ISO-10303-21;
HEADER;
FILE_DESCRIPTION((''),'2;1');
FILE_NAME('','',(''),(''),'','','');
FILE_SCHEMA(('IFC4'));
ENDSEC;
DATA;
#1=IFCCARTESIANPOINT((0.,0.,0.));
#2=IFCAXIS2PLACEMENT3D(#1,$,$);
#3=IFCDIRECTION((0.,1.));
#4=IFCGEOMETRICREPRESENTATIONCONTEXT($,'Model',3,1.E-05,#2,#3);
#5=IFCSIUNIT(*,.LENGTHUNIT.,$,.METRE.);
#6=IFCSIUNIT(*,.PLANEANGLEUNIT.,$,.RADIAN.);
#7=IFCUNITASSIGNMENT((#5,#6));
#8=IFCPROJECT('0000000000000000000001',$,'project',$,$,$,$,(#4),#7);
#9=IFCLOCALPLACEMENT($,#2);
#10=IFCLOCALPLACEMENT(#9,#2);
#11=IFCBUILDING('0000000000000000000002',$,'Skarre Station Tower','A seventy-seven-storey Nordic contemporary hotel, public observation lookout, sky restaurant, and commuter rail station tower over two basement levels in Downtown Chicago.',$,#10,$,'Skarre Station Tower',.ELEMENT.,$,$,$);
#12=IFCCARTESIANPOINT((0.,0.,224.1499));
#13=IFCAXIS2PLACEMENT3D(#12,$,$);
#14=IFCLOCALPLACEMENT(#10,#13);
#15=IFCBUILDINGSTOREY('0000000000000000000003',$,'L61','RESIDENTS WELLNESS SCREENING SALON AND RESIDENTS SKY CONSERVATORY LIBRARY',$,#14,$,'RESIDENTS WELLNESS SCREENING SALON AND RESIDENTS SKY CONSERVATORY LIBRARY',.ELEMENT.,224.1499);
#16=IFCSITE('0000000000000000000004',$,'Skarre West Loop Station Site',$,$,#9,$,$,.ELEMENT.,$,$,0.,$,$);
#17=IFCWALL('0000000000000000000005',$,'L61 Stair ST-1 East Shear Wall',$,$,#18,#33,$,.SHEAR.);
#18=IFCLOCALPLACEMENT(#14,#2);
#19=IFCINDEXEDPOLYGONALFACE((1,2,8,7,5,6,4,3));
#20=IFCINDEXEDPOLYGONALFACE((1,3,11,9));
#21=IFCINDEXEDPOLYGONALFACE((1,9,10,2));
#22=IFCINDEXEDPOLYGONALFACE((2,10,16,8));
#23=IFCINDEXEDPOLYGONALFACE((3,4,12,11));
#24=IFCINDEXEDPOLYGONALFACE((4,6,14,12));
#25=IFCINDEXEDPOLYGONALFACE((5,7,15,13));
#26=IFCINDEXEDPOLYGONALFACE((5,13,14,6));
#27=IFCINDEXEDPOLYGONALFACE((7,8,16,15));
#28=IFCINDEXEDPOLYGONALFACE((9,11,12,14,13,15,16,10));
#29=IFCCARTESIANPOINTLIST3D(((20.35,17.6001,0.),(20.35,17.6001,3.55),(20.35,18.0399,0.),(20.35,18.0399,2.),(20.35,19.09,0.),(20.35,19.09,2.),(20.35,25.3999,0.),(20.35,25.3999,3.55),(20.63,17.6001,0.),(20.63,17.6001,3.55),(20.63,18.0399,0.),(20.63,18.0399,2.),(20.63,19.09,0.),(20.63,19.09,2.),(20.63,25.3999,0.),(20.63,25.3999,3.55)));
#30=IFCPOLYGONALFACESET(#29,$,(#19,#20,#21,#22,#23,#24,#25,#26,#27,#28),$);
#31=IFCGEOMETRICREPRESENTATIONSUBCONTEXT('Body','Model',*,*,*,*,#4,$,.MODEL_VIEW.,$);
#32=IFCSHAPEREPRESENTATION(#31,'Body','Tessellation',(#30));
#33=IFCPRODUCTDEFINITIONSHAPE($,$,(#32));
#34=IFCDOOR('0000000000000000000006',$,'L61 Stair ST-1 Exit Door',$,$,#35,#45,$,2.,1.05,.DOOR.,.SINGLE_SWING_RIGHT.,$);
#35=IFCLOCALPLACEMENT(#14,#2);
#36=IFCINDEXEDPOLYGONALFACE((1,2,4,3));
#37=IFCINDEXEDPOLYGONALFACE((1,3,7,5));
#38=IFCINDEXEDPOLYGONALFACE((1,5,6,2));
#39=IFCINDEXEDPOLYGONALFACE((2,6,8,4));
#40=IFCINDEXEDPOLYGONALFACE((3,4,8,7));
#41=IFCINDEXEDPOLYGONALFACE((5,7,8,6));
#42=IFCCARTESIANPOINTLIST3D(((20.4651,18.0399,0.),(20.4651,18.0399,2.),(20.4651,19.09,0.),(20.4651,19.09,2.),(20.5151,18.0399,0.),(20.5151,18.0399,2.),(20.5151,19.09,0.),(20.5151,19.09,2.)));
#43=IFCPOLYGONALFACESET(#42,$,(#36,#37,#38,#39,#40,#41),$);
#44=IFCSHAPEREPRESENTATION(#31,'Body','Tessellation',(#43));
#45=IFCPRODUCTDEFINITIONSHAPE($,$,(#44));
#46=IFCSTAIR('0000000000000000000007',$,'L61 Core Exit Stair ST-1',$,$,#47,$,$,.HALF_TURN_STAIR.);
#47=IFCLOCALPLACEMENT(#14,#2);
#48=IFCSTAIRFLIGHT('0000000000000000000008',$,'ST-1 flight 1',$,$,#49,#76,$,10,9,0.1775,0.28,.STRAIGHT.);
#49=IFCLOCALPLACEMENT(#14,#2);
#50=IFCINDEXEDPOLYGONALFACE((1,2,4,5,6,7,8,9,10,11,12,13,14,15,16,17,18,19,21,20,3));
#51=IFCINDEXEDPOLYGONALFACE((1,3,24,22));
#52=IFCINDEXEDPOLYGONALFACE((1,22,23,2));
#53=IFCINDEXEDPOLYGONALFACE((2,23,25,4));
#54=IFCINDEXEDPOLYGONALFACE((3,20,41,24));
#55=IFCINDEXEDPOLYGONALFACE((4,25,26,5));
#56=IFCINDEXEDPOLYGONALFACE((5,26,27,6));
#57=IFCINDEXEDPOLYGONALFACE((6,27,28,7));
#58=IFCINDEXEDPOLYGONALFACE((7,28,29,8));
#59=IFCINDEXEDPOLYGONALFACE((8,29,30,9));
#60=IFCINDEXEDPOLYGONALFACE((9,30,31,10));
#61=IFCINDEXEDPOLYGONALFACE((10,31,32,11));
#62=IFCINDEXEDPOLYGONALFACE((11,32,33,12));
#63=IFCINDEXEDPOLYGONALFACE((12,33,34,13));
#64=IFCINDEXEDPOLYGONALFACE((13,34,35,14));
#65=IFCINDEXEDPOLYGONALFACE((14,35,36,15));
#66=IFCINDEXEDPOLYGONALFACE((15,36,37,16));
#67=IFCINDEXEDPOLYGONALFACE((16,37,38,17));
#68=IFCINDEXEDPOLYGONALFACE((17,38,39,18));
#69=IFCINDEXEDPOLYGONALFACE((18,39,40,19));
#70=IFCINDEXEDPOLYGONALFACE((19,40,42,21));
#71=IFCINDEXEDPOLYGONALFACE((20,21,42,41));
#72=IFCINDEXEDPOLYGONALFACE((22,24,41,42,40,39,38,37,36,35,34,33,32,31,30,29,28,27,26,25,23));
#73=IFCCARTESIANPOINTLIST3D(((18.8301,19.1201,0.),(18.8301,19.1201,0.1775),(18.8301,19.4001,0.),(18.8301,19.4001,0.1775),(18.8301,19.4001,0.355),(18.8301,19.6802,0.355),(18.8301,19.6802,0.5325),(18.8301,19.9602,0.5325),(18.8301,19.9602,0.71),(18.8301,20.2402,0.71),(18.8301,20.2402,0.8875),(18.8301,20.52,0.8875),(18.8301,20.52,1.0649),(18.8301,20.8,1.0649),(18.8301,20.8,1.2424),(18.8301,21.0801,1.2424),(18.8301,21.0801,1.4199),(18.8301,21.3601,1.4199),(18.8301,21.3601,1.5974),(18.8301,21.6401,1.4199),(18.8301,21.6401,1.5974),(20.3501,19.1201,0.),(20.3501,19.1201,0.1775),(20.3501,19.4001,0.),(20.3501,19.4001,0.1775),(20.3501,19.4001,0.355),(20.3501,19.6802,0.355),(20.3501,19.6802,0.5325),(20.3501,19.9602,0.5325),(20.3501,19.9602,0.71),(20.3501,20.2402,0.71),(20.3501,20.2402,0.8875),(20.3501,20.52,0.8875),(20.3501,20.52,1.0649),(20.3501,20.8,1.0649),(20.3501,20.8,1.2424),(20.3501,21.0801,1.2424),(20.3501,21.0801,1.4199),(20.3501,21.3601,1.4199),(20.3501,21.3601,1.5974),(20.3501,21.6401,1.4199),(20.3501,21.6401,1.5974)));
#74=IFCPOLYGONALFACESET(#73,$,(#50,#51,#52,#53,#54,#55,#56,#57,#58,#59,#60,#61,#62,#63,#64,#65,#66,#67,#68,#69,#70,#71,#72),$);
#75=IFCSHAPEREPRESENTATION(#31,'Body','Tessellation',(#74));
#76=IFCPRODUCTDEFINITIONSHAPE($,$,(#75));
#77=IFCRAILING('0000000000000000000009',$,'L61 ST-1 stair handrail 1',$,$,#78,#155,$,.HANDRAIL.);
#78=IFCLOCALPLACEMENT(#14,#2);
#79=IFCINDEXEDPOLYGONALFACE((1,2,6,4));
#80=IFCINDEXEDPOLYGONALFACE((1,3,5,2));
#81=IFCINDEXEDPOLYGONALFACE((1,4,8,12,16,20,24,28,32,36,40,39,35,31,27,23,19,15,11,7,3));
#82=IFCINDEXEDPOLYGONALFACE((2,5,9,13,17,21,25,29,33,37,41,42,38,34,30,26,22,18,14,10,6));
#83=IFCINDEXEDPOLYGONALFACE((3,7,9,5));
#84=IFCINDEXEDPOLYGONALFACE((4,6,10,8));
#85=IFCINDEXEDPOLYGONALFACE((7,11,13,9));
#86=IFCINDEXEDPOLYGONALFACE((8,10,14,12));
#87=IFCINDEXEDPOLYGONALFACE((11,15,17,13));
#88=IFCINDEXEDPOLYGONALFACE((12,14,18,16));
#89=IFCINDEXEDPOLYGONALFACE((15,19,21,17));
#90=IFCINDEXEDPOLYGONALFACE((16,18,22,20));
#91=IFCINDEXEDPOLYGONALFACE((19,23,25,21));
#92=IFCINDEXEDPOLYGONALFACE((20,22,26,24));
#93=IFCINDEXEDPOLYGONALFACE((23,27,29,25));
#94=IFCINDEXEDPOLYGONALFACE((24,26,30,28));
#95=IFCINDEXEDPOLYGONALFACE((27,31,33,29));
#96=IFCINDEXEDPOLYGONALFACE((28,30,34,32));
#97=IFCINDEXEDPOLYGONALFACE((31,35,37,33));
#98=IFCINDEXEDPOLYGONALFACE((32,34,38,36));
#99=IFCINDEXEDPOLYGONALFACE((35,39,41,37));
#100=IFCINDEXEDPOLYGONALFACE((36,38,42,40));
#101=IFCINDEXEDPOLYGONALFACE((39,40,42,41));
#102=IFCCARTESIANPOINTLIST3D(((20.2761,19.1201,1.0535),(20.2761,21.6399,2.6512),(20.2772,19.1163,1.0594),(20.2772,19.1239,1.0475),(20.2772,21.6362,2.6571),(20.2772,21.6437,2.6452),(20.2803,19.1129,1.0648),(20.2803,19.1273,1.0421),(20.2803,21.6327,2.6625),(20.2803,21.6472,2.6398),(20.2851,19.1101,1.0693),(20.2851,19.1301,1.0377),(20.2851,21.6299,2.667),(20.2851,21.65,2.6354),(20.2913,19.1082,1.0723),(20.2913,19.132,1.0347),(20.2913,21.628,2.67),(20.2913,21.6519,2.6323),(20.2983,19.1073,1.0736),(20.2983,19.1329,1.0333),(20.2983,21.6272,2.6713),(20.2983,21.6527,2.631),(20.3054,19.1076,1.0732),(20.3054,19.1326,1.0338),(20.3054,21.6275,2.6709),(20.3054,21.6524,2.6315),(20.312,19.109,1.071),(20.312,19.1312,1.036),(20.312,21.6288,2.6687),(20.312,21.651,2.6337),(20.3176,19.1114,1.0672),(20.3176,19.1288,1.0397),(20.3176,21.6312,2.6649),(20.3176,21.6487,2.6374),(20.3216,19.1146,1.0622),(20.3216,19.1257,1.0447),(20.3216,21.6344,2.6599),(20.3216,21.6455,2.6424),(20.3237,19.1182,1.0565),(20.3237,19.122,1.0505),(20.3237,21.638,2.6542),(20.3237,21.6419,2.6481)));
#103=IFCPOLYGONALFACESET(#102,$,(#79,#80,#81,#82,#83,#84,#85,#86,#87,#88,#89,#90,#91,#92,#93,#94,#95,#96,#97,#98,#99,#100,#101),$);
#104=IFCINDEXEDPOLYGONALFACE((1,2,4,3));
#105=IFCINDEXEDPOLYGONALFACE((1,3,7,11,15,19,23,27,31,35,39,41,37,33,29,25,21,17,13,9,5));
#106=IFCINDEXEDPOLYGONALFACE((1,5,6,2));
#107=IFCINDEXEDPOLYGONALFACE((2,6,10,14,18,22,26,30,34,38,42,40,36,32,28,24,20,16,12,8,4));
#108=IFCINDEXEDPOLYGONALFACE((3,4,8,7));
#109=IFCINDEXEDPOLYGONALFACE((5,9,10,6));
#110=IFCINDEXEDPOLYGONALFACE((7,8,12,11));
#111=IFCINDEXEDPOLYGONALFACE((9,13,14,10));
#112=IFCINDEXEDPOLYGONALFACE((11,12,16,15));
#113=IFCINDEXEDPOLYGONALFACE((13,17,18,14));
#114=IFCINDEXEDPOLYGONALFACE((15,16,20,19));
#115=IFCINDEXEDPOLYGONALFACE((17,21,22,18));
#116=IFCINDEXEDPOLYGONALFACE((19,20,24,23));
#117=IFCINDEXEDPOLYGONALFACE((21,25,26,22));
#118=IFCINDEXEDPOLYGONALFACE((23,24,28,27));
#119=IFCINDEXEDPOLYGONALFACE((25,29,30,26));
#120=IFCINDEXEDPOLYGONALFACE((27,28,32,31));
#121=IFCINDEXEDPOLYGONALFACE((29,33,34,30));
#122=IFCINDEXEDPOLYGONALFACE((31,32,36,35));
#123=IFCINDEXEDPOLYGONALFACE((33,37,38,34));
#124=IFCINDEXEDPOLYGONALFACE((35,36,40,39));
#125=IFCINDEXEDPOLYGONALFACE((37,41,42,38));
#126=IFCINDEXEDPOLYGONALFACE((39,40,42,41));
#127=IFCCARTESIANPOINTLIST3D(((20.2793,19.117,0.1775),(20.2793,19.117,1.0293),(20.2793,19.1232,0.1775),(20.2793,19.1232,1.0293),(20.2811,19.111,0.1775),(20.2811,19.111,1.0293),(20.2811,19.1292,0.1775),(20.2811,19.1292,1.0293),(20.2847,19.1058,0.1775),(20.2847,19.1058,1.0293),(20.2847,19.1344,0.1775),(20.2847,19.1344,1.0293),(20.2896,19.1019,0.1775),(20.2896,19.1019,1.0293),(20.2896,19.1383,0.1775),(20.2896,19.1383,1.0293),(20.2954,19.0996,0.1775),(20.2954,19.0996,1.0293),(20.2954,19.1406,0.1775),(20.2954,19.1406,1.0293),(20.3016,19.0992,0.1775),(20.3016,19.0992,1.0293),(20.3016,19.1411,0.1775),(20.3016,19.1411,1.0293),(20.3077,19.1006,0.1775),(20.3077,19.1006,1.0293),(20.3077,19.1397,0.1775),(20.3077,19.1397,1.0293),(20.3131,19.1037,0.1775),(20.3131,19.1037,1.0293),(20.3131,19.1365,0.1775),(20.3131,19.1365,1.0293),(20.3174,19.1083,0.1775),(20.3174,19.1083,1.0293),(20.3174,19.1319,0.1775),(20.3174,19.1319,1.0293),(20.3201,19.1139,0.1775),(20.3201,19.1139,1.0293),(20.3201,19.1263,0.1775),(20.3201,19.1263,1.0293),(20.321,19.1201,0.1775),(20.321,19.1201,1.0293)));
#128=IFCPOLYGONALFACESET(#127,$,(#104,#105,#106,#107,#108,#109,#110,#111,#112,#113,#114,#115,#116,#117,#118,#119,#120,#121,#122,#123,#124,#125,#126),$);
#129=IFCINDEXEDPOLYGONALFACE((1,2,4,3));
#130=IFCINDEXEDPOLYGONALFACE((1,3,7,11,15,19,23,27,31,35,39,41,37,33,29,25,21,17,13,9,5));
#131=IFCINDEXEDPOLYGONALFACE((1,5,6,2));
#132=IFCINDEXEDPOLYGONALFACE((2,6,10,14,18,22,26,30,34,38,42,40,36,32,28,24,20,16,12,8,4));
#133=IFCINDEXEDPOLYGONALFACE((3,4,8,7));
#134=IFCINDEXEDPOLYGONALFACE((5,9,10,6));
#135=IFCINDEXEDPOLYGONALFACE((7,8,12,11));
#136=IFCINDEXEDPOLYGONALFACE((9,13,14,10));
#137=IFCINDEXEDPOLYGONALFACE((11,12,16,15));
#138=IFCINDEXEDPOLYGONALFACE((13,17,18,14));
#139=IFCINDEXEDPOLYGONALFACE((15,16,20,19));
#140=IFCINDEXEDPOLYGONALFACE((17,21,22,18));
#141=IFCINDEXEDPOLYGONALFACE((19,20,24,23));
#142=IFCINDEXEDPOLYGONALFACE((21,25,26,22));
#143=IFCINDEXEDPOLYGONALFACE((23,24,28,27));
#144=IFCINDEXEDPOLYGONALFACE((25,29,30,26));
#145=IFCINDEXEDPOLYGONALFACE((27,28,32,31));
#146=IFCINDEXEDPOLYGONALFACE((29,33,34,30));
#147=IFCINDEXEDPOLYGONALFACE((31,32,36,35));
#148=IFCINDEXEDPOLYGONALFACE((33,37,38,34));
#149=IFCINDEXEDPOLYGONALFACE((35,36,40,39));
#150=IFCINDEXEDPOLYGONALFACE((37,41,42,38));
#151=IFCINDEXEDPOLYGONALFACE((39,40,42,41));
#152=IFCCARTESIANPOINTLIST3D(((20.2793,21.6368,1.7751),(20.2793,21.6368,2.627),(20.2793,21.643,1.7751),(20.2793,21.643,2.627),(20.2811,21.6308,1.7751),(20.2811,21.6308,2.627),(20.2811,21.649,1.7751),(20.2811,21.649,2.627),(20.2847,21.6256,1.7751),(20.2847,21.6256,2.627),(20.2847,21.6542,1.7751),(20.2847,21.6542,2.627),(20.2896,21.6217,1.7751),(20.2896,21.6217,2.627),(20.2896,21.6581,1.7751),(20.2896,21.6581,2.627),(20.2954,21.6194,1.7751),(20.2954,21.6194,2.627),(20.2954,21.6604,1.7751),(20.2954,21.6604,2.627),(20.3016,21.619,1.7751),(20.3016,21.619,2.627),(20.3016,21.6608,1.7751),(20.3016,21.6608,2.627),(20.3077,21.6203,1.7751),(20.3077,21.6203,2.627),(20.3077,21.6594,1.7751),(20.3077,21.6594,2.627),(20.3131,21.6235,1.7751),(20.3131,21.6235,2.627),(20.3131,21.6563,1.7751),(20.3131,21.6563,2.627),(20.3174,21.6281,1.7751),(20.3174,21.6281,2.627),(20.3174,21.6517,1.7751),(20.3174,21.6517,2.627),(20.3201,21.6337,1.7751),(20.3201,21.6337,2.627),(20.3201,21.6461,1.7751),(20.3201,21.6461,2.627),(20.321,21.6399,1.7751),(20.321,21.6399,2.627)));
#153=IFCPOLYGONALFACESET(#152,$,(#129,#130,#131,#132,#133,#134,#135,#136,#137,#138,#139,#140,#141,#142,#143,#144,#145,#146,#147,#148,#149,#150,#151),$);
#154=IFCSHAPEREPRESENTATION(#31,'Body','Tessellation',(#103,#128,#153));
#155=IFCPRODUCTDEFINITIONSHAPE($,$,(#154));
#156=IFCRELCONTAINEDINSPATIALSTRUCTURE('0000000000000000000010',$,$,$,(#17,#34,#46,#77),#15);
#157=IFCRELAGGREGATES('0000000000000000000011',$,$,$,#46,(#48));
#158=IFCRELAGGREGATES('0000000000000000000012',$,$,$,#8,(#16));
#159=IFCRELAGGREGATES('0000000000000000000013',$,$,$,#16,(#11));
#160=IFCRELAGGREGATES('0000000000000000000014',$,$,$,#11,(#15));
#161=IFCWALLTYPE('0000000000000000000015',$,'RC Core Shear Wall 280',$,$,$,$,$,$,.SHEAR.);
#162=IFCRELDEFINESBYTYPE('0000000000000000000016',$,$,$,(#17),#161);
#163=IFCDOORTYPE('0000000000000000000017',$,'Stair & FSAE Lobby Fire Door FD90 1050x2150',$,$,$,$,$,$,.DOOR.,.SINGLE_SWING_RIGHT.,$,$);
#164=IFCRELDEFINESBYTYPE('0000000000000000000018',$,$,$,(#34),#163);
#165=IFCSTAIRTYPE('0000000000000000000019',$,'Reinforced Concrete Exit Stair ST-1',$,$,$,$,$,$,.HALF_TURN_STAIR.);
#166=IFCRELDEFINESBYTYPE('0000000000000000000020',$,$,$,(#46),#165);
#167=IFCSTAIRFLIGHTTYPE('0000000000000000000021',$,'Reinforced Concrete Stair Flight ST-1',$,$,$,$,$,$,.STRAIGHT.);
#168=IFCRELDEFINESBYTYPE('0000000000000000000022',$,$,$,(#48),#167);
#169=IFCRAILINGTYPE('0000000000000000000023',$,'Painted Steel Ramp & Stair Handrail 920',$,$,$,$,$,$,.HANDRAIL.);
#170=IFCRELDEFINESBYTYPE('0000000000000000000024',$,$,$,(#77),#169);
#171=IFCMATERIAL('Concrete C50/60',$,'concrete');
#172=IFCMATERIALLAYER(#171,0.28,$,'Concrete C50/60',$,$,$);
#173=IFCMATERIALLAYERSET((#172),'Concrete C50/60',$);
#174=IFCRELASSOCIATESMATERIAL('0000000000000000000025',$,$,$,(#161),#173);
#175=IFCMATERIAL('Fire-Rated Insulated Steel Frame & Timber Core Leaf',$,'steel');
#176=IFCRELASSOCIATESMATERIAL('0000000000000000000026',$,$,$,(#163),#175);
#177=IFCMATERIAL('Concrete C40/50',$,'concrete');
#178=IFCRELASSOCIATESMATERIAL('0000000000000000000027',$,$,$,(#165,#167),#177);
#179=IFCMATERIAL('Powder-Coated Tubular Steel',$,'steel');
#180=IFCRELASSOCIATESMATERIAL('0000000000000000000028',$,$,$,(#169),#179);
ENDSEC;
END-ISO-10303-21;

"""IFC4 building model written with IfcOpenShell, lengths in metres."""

from ifc_helpers import new_model, si_unit, direction, frame, frame_2d, origin, origin_2d, place, context, subcontext, project, spatial, polyline, rectangle, circle, outline, extrude, material, layer, layer_set, type_object, element, fill, aggregate, save


model = new_model("IFC4")

# Units and contexts
model_context = context("Model", 3, precision=1e-05, world=origin(), true_north=direction((0.0, 1.0)))
body_context = subcontext(model_context, "Body", "Model", "MODEL_VIEW")
ifc_project = project(units=[si_unit("LENGTHUNIT", "METRE"), si_unit("PLANEANGLEUNIT", "RADIAN")], contexts=[model_context])

# Site, building, storey
site_placement = place(None, origin())
site = spatial("IfcSite", under=ifc_project, at=site_placement, Name="Skarre West Loop Station Site", CompositionType="ELEMENT", RefElevation=0.0)
building_placement = place(site_placement, origin())
building = spatial("IfcBuilding", under=site, at=building_placement, Name="Skarre Station Tower", Description="A seventy-seven-storey Nordic contemporary hotel, public observation lookout, sky restaurant, and commuter rail station tower over two basement levels in Downtown Chicago.", LongName="Skarre Station Tower", CompositionType="ELEMENT")
storey_placement = place(building_placement, frame((0.0, 0.0, 224.1499)))
storey = spatial("IfcBuildingStorey", under=building, at=storey_placement, Name="L61", Description="RESIDENTS WELLNESS SCREENING SALON AND RESIDENTS SKY CONSERVATORY LIBRARY", LongName="RESIDENTS WELLNESS SCREENING SALON AND RESIDENTS SKY CONSERVATORY LIBRARY", CompositionType="ELEMENT", Elevation=224.1499)

# Shared definitions
ifc_material_1 = material(Name="Concrete C50/60", Category="concrete")

# Wall, opening, door
ifc_layer_1 = layer(ifc_material_1, 0.28, Name="Concrete C50/60")
ifc_layer_set_1 = layer_set([ifc_layer_1], Name="Concrete C50/60")
wall_type_1 = type_object("IfcWallType", Name="RC Core Shear Wall 280", PredefinedType="SHEAR", material=ifc_layer_set_1)
wall_1_placement = place(storey_placement, frame((20.49, 17.6001, 0.0), z_axis=(0.0, 0.0, 1.0), x_axis=(0.0, 1.0, 0.0)))
wall_1 = element("IfcWall", 1, at=wall_1_placement, inside=storey, type_object=wall_type_1, Name="L61 Stair ST-1 East Shear Wall", PredefinedType="SHEAR", context=body_context, shape_type="SweptSolid", body=[
    extrude(rectangle(XDim=7.7998, YDim=0.28, at=frame_2d((3.8999, 0.0))), origin(), (0.0, 0.0, 1.0), 3.55),
])
opening_1_placement = place(wall_1_placement, frame((0.4399, 0.0, 0.0)))
opening_1 = element("IfcOpeningElement", 2, at=opening_1_placement, cuts=wall_1, PredefinedType="OPENING", context=body_context, shape_type="SweptSolid", body=[
    extrude(rectangle(XDim=1.05, YDim=2.0, at=frame_2d((0.5249, 1.0))), frame((0.0, 0.1499, 0.0), z_axis=(0.0, -1.0, 0.0), x_axis=(1.0, 0.0, 0.0)), (0.0, 0.0, 1.0), 0.3),
])
ifc_material_2 = material(Name="Fire-Rated Insulated Steel Frame & Timber Core Leaf", Category="steel")
door_type_1 = type_object("IfcDoorType", Name="Stair & FSAE Lobby Fire Door FD90 1050x2150", OperationType="SINGLE_SWING_RIGHT", PredefinedType="DOOR", material=ifc_material_2)
door_1_placement = place(opening_1_placement, origin())
door_1 = element("IfcDoor", 3, at=door_1_placement, inside=storey, type_object=door_type_1, Name="L61 Stair ST-1 Exit Door", OperationType="SINGLE_SWING_RIGHT", OverallHeight=2.0, OverallWidth=1.05, PredefinedType="DOOR", context=body_context, shape_type="SweptSolid", body=[
    extrude(rectangle(XDim=1.05, YDim=2.0, at=frame_2d((0.5249, 1.0))), frame((0.0, 0.0249, 0.0), z_axis=(0.0, -1.0, 0.0), x_axis=(1.0, 0.0, 0.0)), (0.0, 0.0, 1.0), 0.05),
])
fill(opening_1, door_1)

# Stair, stair flight
ifc_material_3 = material(Name="Concrete C40/50", Category="concrete")
stair_type = type_object("IfcStairType", Name="Reinforced Concrete Exit Stair ST-1", PredefinedType="HALF_TURN_STAIR", material=ifc_material_3)
stair_placement = place(storey_placement, origin())
stair = element("IfcStair", 4, at=stair_placement, inside=storey, type_object=stair_type, Name="L61 Core Exit Stair ST-1", PredefinedType="HALF_TURN_STAIR")
stair_flight_type = type_object("IfcStairFlightType", Name="Reinforced Concrete Stair Flight ST-1", PredefinedType="STRAIGHT", material=ifc_material_3)
stair_flight_placement = place(storey_placement, frame((19.5901, 19.1201, 0.0), z_axis=(0.0, 0.0, 1.0), x_axis=(0.0, 1.0, 0.0)))
stair_flight = element("IfcStairFlight", 5, at=stair_flight_placement, type_object=stair_flight_type, Name="ST-1 flight 1", NumberOfRisers=10, NumberOfTreads=9, PredefinedType="STRAIGHT", RiserHeight=0.1775, TreadLength=0.28, context=body_context, shape_type="SweptSolid", body=[
    extrude(outline(polyline([(0.0, 0.0), (0.0, 0.1775), (0.28, 0.1775), (0.28, 0.355), (0.5601, 0.355), (0.5601, 0.5325), (0.8401, 0.5325), (0.8401, 0.71), (1.1201, 0.71), (1.1201, 0.8875), (1.3999, 0.8875), (1.3999, 1.0649), (1.6799, 1.0649), (1.6799, 1.2424), (1.96, 1.2424), (1.96, 1.4199), (2.24, 1.4199), (2.24, 1.5974), (2.52, 1.5974), (2.52, 1.7749), (2.52, 1.4199), (0.28, 0.0), (0.0, 0.0)])), frame((0.0, 0.76, 0.0), z_axis=(0.0, -1.0, 0.0), x_axis=(1.0, 0.0, 0.0)), (0.0, 0.0, 1.0), 1.52),
])
aggregate(stair, [stair_flight])

# Railing
ifc_material_4 = material(Name="Powder-Coated Tubular Steel", Category="steel")
railing_type_1 = type_object("IfcRailingType", Name="Painted Steel Ramp & Stair Handrail 920", PredefinedType="HANDRAIL", material=ifc_material_4)
railing_1_placement = place(storey_placement, frame((20.3, 19.1201, 0.1775)))
element("IfcRailing", 6, at=railing_1_placement, inside=storey, type_object=railing_type_1, Name="L61 ST-1 stair handrail 1", PredefinedType="HANDRAIL", context=body_context, shape_type="SweptSolid", body=[
    extrude(circle(Radius=0.0239, at=origin_2d()), frame((0.0, 0.0, 0.876), z_axis=(0.0, 0.844546, 0.535482), x_axis=(-1.0, 0.0, 0.0)), (0.0, 0.0, 1.0), 2.9836),
    extrude(circle(Radius=0.021, at=origin_2d()), origin(), (0.0, 0.0, 1.0), 0.8518),
    extrude(circle(Radius=0.021, at=origin_2d()), frame((0.0, 2.5198, 1.5977)), (0.0, 0.0, 1.0), 0.8518),
])

save(model, "model.ifc")
